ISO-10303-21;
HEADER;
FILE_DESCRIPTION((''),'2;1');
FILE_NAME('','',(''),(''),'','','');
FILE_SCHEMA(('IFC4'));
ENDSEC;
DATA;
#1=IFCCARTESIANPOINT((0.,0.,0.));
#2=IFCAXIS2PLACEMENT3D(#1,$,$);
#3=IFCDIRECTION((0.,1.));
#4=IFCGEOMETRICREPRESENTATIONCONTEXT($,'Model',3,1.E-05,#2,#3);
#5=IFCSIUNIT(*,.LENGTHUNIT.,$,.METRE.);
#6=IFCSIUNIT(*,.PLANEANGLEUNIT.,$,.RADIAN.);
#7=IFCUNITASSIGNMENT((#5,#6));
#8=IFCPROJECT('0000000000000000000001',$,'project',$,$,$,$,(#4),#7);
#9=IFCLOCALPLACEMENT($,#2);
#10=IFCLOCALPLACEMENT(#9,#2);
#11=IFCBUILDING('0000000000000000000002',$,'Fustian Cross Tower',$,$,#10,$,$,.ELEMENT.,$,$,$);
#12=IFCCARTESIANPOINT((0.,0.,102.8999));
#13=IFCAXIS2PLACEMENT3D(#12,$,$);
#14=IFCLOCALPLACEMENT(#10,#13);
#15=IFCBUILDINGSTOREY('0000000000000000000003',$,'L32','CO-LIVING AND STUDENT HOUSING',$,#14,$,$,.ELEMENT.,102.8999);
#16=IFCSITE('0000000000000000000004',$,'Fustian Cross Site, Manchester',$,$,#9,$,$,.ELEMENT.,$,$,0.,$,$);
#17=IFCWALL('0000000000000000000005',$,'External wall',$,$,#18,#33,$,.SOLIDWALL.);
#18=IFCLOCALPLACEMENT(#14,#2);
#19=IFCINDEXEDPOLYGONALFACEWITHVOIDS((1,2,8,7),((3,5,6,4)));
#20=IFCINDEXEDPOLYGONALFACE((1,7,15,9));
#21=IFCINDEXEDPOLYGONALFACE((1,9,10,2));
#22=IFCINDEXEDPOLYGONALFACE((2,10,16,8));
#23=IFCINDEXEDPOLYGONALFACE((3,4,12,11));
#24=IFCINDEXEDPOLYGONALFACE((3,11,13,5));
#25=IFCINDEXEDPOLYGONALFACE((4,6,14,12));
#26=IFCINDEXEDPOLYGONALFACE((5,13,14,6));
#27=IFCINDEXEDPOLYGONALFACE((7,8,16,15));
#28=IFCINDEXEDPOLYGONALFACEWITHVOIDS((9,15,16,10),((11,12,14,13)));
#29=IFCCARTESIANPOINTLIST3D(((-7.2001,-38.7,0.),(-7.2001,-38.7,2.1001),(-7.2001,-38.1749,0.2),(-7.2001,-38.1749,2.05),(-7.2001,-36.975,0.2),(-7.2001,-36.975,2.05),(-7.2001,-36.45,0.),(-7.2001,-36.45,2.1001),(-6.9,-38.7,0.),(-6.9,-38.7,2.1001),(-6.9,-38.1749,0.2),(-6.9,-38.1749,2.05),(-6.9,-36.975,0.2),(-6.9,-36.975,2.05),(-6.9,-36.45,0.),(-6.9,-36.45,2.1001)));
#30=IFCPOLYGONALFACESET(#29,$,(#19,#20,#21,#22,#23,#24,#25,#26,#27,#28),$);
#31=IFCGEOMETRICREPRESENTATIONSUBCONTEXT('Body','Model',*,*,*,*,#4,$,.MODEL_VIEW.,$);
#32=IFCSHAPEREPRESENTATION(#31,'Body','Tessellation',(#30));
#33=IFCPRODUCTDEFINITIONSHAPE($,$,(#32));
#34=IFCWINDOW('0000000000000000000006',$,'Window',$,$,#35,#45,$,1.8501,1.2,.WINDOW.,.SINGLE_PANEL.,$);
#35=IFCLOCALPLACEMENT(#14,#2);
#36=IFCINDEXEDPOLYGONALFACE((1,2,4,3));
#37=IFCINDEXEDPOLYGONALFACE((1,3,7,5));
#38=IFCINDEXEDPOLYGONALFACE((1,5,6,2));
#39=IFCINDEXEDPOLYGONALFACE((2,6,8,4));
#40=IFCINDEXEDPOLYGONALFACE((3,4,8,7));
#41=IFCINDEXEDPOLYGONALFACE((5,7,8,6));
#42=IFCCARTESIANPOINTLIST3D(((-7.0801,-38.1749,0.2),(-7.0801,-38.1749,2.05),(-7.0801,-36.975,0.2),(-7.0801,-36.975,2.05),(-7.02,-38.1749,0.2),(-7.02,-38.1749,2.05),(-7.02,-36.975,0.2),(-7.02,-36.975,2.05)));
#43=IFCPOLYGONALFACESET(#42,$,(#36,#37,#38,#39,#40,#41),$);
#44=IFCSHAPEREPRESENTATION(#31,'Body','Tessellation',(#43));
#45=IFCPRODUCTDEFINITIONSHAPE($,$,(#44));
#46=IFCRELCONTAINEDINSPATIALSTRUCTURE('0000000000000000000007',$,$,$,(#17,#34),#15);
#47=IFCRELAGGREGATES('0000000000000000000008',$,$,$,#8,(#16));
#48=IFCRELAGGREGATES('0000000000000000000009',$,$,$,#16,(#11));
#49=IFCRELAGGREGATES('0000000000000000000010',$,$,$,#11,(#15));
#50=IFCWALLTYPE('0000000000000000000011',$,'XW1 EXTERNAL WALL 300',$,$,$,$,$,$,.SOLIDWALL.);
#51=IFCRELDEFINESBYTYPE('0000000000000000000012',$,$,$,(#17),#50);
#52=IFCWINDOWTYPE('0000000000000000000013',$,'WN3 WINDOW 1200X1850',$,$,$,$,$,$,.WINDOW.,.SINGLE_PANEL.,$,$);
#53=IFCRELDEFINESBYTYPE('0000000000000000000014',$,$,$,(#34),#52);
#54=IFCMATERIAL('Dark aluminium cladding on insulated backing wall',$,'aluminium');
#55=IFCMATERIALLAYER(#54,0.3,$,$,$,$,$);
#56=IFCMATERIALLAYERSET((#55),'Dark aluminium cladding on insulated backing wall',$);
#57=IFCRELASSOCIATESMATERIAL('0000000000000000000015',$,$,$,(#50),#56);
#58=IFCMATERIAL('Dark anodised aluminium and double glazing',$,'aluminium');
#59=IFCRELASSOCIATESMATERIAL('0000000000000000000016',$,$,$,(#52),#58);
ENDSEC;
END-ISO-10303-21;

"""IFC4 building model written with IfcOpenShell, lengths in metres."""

from ifc_helpers import new_model, si_unit, direction, frame, frame_2d, origin, place, context, subcontext, project, spatial, rectangle, extrude, material, layer, layer_set, type_object, element, fill, save


model = new_model("IFC4")

# Units and contexts
model_context = context("Model", 3, precision=1e-05, world=origin(), true_north=direction((0.0, 1.0)))
body_context = subcontext(model_context, "Body", "Model", "MODEL_VIEW")
ifc_project = project(units=[si_unit("LENGTHUNIT", "METRE"), si_unit("PLANEANGLEUNIT", "RADIAN")], contexts=[model_context])

# Site, building, storey
site_placement = place(None, origin())
site = spatial("IfcSite", under=ifc_project, at=site_placement, Name="Fustian Cross Site, Manchester", CompositionType="ELEMENT", RefElevation=0.0)
building_placement = place(site_placement, origin())
building = spatial("IfcBuilding", under=site, at=building_placement, Name="Fustian Cross Tower", CompositionType="ELEMENT")
storey_placement = place(building_placement, frame((0.0, 0.0, 102.8999)))
storey = spatial("IfcBuildingStorey", under=building, at=storey_placement, Name="L32", Description="CO-LIVING AND STUDENT HOUSING", CompositionType="ELEMENT", Elevation=102.8999)

# Wall, opening, window
ifc_material_1 = material(Name="Dark aluminium cladding on insulated backing wall", Category="aluminium")
ifc_layer = layer(ifc_material_1, 0.3)
ifc_layer_set = layer_set([ifc_layer], Name="Dark aluminium cladding on insulated backing wall")
wall_type = type_object("IfcWallType", Name="XW1 EXTERNAL WALL 300", PredefinedType="SOLIDWALL", material=ifc_layer_set)
wall_1_placement = place(storey_placement, frame((-7.05, -36.45, 0.0), z_axis=(0.0, 0.0, 1.0), x_axis=(0.0, -1.0, 0.0)))
wall_1 = element("IfcWall", 1, at=wall_1_placement, inside=storey, type_object=wall_type, Name="External wall", PredefinedType="SOLIDWALL", context=body_context, shape_type="SweptSolid", body=[
    extrude(rectangle(XDim=2.25, YDim=0.3, at=frame_2d((1.125, 0.0))), origin(), (0.0, 0.0, 1.0), 2.1001),
])
opening_1_placement = place(wall_1_placement, frame((0.5249, 0.0, 0.2)))
opening_1 = element("IfcOpeningElement", 2, at=opening_1_placement, cuts=wall_1, PredefinedType="OPENING", context=body_context, shape_type="SweptSolid", body=[
    extrude(rectangle(XDim=1.2, YDim=1.8501, at=frame_2d((0.6001, 0.925))), frame((0.0, 0.1599, 0.0), z_axis=(0.0, -1.0, 0.0), x_axis=(1.0, 0.0, 0.0)), (0.0, 0.0, 1.0), 0.3201),
])
ifc_material_2 = material(Name="Dark anodised aluminium and double glazing", Category="aluminium")
window_type_1 = type_object("IfcWindowType", Name="WN3 WINDOW 1200X1850", PartitioningType="SINGLE_PANEL", PredefinedType="WINDOW", material=ifc_material_2)
window_1_placement = place(opening_1_placement, origin())
window_1 = element("IfcWindow", 3, at=window_1_placement, inside=storey, type_object=window_type_1, Name="Window", OverallHeight=1.8501, OverallWidth=1.2, PartitioningType="SINGLE_PANEL", PredefinedType="WINDOW", context=body_context, shape_type="SweptSolid", body=[
    extrude(rectangle(XDim=1.2, YDim=1.8501, at=frame_2d((0.6001, 0.925))), frame((0.0, 0.03, 0.0), z_axis=(0.0, -1.0, 0.0), x_axis=(1.0, 0.0, 0.0)), (0.0, 0.0, 1.0), 0.0601),
])
fill(opening_1, window_1)

save(model, "model.ifc")
